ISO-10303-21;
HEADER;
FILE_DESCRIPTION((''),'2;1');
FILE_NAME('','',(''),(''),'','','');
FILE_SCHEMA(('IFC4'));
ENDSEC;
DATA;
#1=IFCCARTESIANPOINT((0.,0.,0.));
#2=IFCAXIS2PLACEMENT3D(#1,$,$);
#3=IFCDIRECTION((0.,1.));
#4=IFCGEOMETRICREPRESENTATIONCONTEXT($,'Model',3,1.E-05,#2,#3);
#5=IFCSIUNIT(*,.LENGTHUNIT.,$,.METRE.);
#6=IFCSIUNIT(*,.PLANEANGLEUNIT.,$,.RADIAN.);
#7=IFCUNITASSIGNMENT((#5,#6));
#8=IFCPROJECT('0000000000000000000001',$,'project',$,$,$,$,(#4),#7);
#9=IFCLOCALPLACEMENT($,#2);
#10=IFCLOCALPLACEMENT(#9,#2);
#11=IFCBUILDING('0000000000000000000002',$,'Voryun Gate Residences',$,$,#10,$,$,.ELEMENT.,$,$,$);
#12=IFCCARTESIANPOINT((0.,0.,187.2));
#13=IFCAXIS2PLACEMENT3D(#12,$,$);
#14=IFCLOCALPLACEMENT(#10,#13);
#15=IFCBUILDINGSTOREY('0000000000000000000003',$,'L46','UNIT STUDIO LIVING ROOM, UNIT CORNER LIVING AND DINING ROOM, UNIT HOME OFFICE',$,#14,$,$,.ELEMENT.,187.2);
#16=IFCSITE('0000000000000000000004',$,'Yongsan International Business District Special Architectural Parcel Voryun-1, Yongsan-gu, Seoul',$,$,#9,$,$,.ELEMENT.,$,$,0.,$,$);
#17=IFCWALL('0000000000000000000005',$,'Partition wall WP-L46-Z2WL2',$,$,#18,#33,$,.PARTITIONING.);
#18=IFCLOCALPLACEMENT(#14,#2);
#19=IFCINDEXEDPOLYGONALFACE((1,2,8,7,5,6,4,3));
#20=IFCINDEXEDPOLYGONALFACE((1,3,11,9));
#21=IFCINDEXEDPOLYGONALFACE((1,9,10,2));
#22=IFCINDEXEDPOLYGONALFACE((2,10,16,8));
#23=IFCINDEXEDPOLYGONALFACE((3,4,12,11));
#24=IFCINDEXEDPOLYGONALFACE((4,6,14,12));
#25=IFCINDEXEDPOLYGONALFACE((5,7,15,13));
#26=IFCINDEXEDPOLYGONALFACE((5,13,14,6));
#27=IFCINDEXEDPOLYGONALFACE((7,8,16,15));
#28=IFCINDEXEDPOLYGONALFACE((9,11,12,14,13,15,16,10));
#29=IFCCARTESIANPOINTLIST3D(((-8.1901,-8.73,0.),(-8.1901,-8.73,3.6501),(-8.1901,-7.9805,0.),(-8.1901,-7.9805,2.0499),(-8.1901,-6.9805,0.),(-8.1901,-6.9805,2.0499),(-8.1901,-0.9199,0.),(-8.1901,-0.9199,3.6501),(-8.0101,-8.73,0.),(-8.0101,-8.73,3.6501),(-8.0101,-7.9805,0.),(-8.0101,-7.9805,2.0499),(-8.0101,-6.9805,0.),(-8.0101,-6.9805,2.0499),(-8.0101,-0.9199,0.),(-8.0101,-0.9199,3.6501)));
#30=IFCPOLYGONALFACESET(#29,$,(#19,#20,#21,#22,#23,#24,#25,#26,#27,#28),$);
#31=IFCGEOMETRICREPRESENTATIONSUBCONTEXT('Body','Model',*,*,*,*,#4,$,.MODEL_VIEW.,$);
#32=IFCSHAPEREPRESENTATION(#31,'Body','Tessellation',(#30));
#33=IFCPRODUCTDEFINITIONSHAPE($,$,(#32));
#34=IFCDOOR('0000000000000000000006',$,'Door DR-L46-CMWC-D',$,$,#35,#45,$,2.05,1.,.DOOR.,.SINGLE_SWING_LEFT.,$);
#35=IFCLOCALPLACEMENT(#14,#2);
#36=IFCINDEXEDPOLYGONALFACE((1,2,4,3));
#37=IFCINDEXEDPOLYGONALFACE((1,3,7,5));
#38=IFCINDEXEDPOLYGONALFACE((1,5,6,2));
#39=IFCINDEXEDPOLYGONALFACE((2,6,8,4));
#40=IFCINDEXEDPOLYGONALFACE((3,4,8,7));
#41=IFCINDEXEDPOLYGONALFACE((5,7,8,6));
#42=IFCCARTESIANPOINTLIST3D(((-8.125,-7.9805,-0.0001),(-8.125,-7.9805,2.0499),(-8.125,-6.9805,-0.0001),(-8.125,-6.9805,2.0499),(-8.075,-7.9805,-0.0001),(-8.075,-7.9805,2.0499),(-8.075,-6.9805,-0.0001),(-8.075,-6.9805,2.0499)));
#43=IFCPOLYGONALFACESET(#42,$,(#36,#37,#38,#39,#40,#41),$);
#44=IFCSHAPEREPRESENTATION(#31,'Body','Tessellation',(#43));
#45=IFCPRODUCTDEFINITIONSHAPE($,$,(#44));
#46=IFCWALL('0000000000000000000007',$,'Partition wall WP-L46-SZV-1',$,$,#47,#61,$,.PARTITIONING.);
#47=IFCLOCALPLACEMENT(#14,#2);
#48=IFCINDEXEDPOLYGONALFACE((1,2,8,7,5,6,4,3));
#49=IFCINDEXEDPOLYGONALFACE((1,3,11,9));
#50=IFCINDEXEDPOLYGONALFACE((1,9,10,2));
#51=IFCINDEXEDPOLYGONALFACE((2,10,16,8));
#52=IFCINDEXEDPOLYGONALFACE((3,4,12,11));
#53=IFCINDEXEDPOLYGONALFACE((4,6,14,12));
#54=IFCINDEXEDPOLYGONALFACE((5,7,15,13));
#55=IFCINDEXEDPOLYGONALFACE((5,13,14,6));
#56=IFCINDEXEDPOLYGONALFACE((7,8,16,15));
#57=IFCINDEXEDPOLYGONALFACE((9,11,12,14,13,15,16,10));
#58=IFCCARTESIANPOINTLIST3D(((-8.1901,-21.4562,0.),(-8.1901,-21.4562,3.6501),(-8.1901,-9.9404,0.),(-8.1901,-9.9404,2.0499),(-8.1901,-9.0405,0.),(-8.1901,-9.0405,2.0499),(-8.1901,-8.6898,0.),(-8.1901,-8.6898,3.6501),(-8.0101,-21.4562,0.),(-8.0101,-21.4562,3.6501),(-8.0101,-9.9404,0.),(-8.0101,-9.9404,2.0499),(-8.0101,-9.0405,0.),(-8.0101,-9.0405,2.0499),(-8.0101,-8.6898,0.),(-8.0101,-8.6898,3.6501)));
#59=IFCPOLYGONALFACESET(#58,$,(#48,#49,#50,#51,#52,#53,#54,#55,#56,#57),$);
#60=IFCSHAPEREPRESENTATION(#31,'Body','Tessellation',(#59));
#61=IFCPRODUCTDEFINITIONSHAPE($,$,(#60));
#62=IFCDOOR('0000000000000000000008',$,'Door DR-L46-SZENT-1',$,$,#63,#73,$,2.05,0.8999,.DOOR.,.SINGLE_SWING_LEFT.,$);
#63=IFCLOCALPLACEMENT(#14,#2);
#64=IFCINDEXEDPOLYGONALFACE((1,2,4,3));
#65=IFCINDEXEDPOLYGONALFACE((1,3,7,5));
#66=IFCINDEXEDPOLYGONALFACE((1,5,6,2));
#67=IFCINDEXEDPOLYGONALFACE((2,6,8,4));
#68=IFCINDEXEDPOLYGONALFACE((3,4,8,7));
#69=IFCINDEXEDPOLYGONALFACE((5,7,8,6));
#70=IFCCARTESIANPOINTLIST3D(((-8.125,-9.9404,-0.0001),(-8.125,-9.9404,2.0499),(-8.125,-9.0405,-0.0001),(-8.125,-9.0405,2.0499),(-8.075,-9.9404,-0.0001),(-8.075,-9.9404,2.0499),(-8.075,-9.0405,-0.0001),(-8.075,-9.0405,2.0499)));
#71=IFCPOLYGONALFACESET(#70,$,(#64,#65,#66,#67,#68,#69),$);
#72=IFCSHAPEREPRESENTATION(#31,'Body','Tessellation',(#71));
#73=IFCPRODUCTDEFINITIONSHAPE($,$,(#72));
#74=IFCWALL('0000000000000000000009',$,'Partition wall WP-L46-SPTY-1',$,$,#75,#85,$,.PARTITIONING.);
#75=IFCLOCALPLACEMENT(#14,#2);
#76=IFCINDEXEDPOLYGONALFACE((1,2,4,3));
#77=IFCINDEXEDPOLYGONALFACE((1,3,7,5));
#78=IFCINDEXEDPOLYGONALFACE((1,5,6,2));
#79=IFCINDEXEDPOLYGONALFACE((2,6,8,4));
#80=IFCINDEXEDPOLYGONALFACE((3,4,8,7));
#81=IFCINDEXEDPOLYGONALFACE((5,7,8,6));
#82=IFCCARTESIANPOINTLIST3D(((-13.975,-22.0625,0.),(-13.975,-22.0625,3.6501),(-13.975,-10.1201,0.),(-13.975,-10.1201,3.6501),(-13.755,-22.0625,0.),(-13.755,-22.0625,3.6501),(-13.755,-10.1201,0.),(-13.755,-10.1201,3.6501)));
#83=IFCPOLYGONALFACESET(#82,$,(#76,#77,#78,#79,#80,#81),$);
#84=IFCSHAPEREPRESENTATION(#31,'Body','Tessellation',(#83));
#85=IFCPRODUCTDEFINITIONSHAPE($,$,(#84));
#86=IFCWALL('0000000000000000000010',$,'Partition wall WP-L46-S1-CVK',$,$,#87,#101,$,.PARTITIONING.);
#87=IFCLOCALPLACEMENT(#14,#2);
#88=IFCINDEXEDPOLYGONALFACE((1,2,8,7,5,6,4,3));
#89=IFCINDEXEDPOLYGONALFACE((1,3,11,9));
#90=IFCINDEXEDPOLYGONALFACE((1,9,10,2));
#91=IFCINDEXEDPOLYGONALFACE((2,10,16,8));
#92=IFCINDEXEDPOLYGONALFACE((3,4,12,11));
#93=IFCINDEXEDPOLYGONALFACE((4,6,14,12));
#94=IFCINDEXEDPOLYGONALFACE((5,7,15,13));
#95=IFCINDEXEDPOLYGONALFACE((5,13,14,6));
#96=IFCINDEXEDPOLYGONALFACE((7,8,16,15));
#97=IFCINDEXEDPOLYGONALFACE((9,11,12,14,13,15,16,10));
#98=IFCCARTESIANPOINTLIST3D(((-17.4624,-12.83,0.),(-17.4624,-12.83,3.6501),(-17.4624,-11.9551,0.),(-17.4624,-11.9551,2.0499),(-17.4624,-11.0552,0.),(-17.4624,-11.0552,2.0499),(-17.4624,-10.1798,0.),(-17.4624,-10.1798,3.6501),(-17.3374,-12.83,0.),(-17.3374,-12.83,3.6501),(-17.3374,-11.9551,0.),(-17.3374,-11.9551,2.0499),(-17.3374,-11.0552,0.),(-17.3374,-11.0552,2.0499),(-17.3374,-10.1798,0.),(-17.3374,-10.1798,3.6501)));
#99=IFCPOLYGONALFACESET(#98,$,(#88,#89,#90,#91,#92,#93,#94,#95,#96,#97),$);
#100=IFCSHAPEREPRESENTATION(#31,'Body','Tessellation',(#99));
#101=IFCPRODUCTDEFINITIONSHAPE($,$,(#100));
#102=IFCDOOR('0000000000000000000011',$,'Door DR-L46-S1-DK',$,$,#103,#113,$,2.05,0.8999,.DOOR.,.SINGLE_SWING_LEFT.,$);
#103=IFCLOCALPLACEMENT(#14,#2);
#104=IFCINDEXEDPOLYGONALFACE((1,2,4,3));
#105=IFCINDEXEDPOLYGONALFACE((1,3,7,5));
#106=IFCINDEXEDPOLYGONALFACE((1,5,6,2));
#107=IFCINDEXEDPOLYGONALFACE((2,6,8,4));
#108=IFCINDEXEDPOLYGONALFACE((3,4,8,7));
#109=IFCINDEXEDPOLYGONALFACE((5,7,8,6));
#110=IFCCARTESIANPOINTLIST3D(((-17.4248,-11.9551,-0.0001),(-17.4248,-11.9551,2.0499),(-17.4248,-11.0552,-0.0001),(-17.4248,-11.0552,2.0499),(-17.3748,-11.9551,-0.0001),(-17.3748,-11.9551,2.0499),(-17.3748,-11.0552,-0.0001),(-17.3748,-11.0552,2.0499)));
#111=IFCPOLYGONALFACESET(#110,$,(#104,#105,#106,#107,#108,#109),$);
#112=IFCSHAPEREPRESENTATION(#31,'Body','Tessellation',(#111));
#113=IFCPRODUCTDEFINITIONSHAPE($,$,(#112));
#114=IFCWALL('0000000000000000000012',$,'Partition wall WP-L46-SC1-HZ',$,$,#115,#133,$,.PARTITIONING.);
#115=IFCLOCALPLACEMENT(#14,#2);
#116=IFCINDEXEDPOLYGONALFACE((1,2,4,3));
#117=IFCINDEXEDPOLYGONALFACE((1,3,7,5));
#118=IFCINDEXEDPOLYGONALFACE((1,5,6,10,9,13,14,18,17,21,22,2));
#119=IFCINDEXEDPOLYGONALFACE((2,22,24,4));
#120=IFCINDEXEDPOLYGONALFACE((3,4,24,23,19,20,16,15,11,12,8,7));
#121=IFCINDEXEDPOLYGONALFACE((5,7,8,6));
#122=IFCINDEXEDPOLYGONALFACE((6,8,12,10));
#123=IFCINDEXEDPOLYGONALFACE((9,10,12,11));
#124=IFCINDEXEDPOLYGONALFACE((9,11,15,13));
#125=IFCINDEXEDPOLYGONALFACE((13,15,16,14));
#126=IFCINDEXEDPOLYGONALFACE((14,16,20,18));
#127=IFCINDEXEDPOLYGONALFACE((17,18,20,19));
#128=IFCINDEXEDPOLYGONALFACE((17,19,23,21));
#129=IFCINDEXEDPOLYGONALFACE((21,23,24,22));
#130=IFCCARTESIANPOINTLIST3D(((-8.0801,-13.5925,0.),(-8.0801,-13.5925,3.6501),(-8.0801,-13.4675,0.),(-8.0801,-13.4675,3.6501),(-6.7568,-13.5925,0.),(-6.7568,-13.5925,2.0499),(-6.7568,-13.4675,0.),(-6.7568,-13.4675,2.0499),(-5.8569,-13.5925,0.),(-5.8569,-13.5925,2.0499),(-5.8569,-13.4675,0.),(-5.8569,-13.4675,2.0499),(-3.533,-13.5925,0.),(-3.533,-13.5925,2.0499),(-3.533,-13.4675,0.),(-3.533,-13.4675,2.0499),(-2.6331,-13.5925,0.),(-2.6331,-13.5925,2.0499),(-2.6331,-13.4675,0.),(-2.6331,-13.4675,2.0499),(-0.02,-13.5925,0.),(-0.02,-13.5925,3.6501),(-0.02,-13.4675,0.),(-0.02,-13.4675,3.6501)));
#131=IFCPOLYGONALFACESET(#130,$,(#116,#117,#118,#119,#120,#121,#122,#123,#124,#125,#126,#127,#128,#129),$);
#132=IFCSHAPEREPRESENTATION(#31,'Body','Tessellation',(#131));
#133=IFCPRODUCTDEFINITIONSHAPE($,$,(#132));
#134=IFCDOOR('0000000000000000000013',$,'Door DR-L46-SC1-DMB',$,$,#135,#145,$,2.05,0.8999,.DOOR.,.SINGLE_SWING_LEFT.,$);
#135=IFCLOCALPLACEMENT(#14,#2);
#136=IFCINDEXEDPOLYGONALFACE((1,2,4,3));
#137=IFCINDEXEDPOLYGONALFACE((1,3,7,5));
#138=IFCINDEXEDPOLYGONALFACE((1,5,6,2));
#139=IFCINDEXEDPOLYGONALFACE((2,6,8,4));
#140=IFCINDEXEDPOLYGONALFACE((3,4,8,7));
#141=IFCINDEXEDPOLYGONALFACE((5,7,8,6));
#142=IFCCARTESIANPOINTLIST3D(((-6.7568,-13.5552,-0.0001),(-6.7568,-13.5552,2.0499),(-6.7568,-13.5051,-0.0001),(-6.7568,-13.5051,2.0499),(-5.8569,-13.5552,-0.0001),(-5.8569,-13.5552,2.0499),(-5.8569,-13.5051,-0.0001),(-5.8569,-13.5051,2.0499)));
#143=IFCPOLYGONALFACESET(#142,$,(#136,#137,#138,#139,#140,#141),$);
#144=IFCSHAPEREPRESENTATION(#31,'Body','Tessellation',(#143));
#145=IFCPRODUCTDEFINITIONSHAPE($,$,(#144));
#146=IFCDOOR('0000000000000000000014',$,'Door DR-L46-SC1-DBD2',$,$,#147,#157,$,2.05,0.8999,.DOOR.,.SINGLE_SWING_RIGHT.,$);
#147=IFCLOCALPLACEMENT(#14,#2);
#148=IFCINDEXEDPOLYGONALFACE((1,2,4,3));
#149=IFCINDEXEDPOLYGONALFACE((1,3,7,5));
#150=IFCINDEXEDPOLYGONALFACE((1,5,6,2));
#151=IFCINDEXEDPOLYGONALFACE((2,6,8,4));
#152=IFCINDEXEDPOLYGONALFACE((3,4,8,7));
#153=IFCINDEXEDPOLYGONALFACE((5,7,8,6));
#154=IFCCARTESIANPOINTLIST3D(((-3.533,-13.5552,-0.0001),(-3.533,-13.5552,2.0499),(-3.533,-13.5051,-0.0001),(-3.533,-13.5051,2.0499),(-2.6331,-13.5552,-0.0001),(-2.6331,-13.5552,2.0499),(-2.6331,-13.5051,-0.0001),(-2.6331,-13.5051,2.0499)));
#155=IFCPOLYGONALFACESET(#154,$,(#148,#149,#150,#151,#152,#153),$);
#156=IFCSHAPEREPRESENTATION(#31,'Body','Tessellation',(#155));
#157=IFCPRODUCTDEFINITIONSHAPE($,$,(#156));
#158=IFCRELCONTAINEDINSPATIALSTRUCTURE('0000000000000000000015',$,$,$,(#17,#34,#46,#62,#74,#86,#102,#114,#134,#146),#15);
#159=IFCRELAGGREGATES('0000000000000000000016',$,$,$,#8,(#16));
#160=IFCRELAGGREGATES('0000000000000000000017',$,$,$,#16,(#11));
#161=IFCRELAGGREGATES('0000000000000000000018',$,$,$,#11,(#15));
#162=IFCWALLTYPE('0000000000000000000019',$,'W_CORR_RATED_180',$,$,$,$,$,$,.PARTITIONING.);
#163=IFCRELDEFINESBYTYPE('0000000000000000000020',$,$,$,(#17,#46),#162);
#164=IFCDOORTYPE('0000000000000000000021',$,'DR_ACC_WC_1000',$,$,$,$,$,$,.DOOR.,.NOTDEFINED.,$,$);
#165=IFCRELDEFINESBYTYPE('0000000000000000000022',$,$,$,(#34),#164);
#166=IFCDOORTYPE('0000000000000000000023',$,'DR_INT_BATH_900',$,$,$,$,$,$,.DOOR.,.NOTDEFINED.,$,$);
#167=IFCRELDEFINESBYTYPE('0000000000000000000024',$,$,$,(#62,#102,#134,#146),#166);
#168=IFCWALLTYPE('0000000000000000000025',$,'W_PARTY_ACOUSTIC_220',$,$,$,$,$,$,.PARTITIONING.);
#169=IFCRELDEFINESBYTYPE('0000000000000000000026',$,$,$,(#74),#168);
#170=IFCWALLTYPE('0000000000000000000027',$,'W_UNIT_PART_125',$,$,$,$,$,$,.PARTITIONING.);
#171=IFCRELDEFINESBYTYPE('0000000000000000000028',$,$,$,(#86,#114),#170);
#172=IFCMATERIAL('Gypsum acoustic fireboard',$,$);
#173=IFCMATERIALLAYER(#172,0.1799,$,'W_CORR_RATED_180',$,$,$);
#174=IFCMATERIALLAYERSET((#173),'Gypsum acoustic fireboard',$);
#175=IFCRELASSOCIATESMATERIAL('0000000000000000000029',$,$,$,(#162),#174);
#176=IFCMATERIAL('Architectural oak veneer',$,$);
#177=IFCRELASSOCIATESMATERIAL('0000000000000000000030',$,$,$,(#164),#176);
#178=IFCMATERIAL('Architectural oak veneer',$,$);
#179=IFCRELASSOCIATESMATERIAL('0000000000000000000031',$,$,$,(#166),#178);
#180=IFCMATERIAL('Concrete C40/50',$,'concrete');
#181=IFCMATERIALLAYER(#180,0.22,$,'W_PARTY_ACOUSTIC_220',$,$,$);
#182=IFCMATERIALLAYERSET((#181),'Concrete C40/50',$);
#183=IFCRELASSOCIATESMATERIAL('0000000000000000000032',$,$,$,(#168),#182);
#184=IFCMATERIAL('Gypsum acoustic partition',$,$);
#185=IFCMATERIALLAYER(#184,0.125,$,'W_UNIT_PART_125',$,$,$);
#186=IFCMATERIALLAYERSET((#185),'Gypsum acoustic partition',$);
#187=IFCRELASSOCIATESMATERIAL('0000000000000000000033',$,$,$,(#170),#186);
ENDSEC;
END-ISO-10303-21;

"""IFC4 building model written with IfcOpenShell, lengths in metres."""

from ifc_helpers import new_model, si_unit, direction, frame, frame_2d, origin, place, context, subcontext, project, spatial, rectangle, extrude, material, layer, layer_set, type_object, element, fill, save


model = new_model("IFC4")

# Units and contexts
model_context = context("Model", 3, precision=1e-05, world=origin(), true_north=direction((0.0, 1.0)))
body_context = subcontext(model_context, "Body", "Model", "MODEL_VIEW")
ifc_project = project(units=[si_unit("LENGTHUNIT", "METRE"), si_unit("PLANEANGLEUNIT", "RADIAN")], contexts=[model_context])

# Site, building, storey
site_placement = place(None, origin())
site = spatial("IfcSite", under=ifc_project, at=site_placement, Name="Yongsan International Business District Special Architectural Parcel Voryun-1, Yongsan-gu, Seoul", CompositionType="ELEMENT", RefElevation=0.0)
building_placement = place(site_placement, origin())
building = spatial("IfcBuilding", under=site, at=building_placement, Name="Voryun Gate Residences", CompositionType="ELEMENT")
storey_placement = place(building_placement, frame((0.0, 0.0, 187.2)))
storey = spatial("IfcBuildingStorey", under=building, at=storey_placement, Name="L46", Description="UNIT STUDIO LIVING ROOM, UNIT CORNER LIVING AND DINING ROOM, UNIT HOME OFFICE", CompositionType="ELEMENT", Elevation=187.2)

# Shared definitions
ifc_material_1 = material(Name="Gypsum acoustic fireboard")
ifc_layer_1 = layer(ifc_material_1, 0.1799, Name="W_CORR_RATED_180")
ifc_layer_set_1 = layer_set([ifc_layer_1], Name="Gypsum acoustic fireboard")
wall_type_1 = type_object("IfcWallType", Name="W_CORR_RATED_180", PredefinedType="PARTITIONING", material=ifc_layer_set_1)

# Walls, openings, doors
wall_1_placement = place(storey_placement, frame((-8.1001, -8.73, 0.0), z_axis=(0.0, 0.0, 1.0), x_axis=(0.0, 1.0, 0.0)))
wall_1 = element("IfcWall", 1, at=wall_1_placement, inside=storey, type_object=wall_type_1, Name="Partition wall WP-L46-Z2WL2", PredefinedType="PARTITIONING", context=body_context, shape_type="SweptSolid", body=[
    extrude(rectangle(XDim=7.8101, YDim=0.1799, at=frame_2d((3.905, 0.0))), origin(), (0.0, 0.0, 1.0), 3.6501),
])
opening_1_placement = place(wall_1_placement, frame((0.7495, 0.0, 0.0)))
opening_1 = element("IfcOpeningElement", 2, at=opening_1_placement, cuts=wall_1, PredefinedType="OPENING", context=body_context, shape_type="SweptSolid", body=[
    extrude(rectangle(XDim=1.0, YDim=2.05, at=frame_2d((0.5, 1.0249))), frame((0.0, 0.0999, 0.0), z_axis=(0.0, -1.0, 0.0), x_axis=(1.0, 0.0, 0.0)), (0.0, 0.0, 1.0), 0.2),
])
ifc_material_2 = material(Name="Architectural oak veneer")
door_type_1 = type_object("IfcDoorType", Name="DR_ACC_WC_1000", OperationType="NOTDEFINED", PredefinedType="DOOR", material=ifc_material_2)
door_1_placement = place(opening_1_placement, origin())
door_1 = element("IfcDoor", 3, at=door_1_placement, inside=storey, type_object=door_type_1, Name="Door DR-L46-CMWC-D", OperationType="SINGLE_SWING_LEFT", OverallHeight=2.05, OverallWidth=1.0, PredefinedType="DOOR", context=body_context, shape_type="SweptSolid", body=[
    extrude(rectangle(XDim=1.0, YDim=2.05, at=frame_2d((0.5, 1.0249))), frame((0.0, 0.0249, 0.0), z_axis=(0.0, -1.0, 0.0), x_axis=(1.0, 0.0, 0.0)), (0.0, 0.0, 1.0), 0.05),
])
fill(opening_1, door_1)
wall_2_placement = place(storey_placement, frame((-8.1001, -21.4563, 0.0), z_axis=(0.0, 0.0, 1.0), x_axis=(0.0, 1.0, 0.0)))
wall_2 = element("IfcWall", 4, at=wall_2_placement, inside=storey, type_object=wall_type_1, Name="Partition wall WP-L46-SZV-1", PredefinedType="PARTITIONING", context=body_context, shape_type="SweptSolid", body=[
    extrude(rectangle(XDim=12.7664, YDim=0.1799, at=frame_2d((6.3833, 0.0))), origin(), (0.0, 0.0, 1.0), 3.6501),
])
opening_2_placement = place(wall_2_placement, frame((11.5159, 0.0, 0.0)))
opening_2 = element("IfcOpeningElement", 5, at=opening_2_placement, cuts=wall_2, PredefinedType="OPENING", context=body_context, shape_type="SweptSolid", body=[
    extrude(rectangle(XDim=0.8999, YDim=2.05, at=frame_2d((0.45, 1.0249))), frame((0.0, 0.0999, 0.0), z_axis=(0.0, -1.0, 0.0), x_axis=(1.0, 0.0, 0.0)), (0.0, 0.0, 1.0), 0.2),
])
ifc_material_3 = material(Name="Architectural oak veneer")
door_type_2 = type_object("IfcDoorType", Name="DR_INT_BATH_900", OperationType="NOTDEFINED", PredefinedType="DOOR", material=ifc_material_3)
door_2_placement = place(opening_2_placement, origin())
door_2 = element("IfcDoor", 6, at=door_2_placement, inside=storey, type_object=door_type_2, Name="Door DR-L46-SZENT-1", OperationType="SINGLE_SWING_LEFT", OverallHeight=2.05, OverallWidth=0.8999, PredefinedType="DOOR", context=body_context, shape_type="SweptSolid", body=[
    extrude(rectangle(XDim=0.8999, YDim=2.05, at=frame_2d((0.45, 1.0249))), frame((0.0, 0.0249, 0.0), z_axis=(0.0, -1.0, 0.0), x_axis=(1.0, 0.0, 0.0)), (0.0, 0.0, 1.0), 0.05),
])
fill(opening_2, door_2)

# Wall
ifc_material_4 = material(Name="Concrete C40/50", Category="concrete")
ifc_layer_2 = layer(ifc_material_4, 0.22, Name="W_PARTY_ACOUSTIC_220")
ifc_layer_set_2 = layer_set([ifc_layer_2], Name="Concrete C40/50")
wall_type_2 = type_object("IfcWallType", Name="W_PARTY_ACOUSTIC_220", PredefinedType="PARTITIONING", material=ifc_layer_set_2)
wall_3_placement = place(storey_placement, frame((-13.865, -22.0625, 0.0), z_axis=(0.0, 0.0, 1.0), x_axis=(0.0, 1.0, 0.0)))
element("IfcWall", 7, at=wall_3_placement, inside=storey, type_object=wall_type_2, Name="Partition wall WP-L46-SPTY-1", PredefinedType="PARTITIONING", context=body_context, shape_type="SweptSolid", body=[
    extrude(rectangle(XDim=11.9424, YDim=0.22, at=frame_2d((5.9712, 0.0))), origin(), (0.0, 0.0, 1.0), 3.6501),
])

# Wall, opening, door
ifc_material_5 = material(Name="Gypsum acoustic partition")
ifc_layer_3 = layer(ifc_material_5, 0.125, Name="W_UNIT_PART_125")
ifc_layer_set_3 = layer_set([ifc_layer_3], Name="Gypsum acoustic partition")
wall_type_3 = type_object("IfcWallType", Name="W_UNIT_PART_125", PredefinedType="PARTITIONING", material=ifc_layer_set_3)
wall_4_placement = place(storey_placement, frame((-17.3999, -12.8301, 0.0), z_axis=(0.0, 0.0, 1.0), x_axis=(0.0, 1.0, 0.0)))
wall_4 = element("IfcWall", 8, at=wall_4_placement, inside=storey, type_object=wall_type_3, Name="Partition wall WP-L46-S1-CVK", PredefinedType="PARTITIONING", context=body_context, shape_type="SweptSolid", body=[
    extrude(rectangle(XDim=2.6501, YDim=0.125, at=frame_2d((1.3252, 0.0))), origin(), (0.0, 0.0, 1.0), 3.6501),
])
opening_3_placement = place(wall_4_placement, frame((0.875, 0.0, 0.0)))
opening_3 = element("IfcOpeningElement", 9, at=opening_3_placement, cuts=wall_4, PredefinedType="OPENING", context=body_context, shape_type="SweptSolid", body=[
    extrude(rectangle(XDim=0.8999, YDim=2.05, at=frame_2d((0.45, 1.0249))), frame((0.0, 0.0725, 0.0), z_axis=(0.0, -1.0, 0.0), x_axis=(1.0, 0.0, 0.0)), (0.0, 0.0, 1.0), 0.145),
])
door_3_placement = place(opening_3_placement, origin())
door_3 = element("IfcDoor", 10, at=door_3_placement, inside=storey, type_object=door_type_2, Name="Door DR-L46-S1-DK", OperationType="SINGLE_SWING_LEFT", OverallHeight=2.05, OverallWidth=0.8999, PredefinedType="DOOR", context=body_context, shape_type="SweptSolid", body=[
    extrude(rectangle(XDim=0.8999, YDim=2.05, at=frame_2d((0.45, 1.0249))), frame((0.0, 0.0249, 0.0), z_axis=(0.0, -1.0, 0.0), x_axis=(1.0, 0.0, 0.0)), (0.0, 0.0, 1.0), 0.05),
])
fill(opening_3, door_3)

# Wall, openings, doors
wall_5_placement = place(storey_placement, frame((-8.0801, -13.53, 0.0), z_axis=(0.0, 0.0, 1.0), x_axis=(1.0, 0.0, 0.0)))
wall_5 = element("IfcWall", 11, at=wall_5_placement, inside=storey, type_object=wall_type_3, Name="Partition wall WP-L46-SC1-HZ", PredefinedType="PARTITIONING", context=body_context, shape_type="SweptSolid", body=[
    extrude(rectangle(XDim=8.0601, YDim=0.125, at=frame_2d((4.03, 0.0))), origin(), (0.0, 0.0, 1.0), 3.6501),
])
opening_4_placement = place(wall_5_placement, frame((1.3232, 0.0, 0.0)))
opening_4 = element("IfcOpeningElement", 12, at=opening_4_placement, cuts=wall_5, PredefinedType="OPENING", context=body_context, shape_type="SweptSolid", body=[
    extrude(rectangle(XDim=0.8999, YDim=2.05, at=frame_2d((0.45, 1.0249))), frame((0.0, 0.0725, 0.0), z_axis=(0.0, -1.0, 0.0), x_axis=(1.0, 0.0, 0.0)), (0.0, 0.0, 1.0), 0.145),
])
opening_5_placement = place(wall_5_placement, frame((4.5471, 0.0, 0.0)))
opening_5 = element("IfcOpeningElement", 13, at=opening_5_placement, cuts=wall_5, PredefinedType="OPENING", context=body_context, shape_type="SweptSolid", body=[
    extrude(rectangle(XDim=0.8999, YDim=2.05, at=frame_2d((0.45, 1.0249))), frame((0.0, 0.0725, 0.0), z_axis=(0.0, -1.0, 0.0), x_axis=(1.0, 0.0, 0.0)), (0.0, 0.0, 1.0), 0.145),
])
door_4_placement = place(opening_4_placement, origin())
door_4 = element("IfcDoor", 14, at=door_4_placement, inside=storey, type_object=door_type_2, Name="Door DR-L46-SC1-DMB", OperationType="SINGLE_SWING_LEFT", OverallHeight=2.05, OverallWidth=0.8999, PredefinedType="DOOR", context=body_context, shape_type="SweptSolid", body=[
    extrude(rectangle(XDim=0.8999, YDim=2.05, at=frame_2d((0.45, 1.0249))), frame((0.0, 0.0249, 0.0), z_axis=(0.0, -1.0, 0.0), x_axis=(1.0, 0.0, 0.0)), (0.0, 0.0, 1.0), 0.05),
])
fill(opening_4, door_4)
door_5_placement = place(opening_5_placement, origin())
door_5 = element("IfcDoor", 15, at=door_5_placement, inside=storey, type_object=door_type_2, Name="Door DR-L46-SC1-DBD2", OperationType="SINGLE_SWING_RIGHT", OverallHeight=2.05, OverallWidth=0.8999, PredefinedType="DOOR", context=body_context, shape_type="SweptSolid", body=[
    extrude(rectangle(XDim=0.8999, YDim=2.05, at=frame_2d((0.45, 1.0249))), frame((0.0, 0.0249, 0.0), z_axis=(0.0, -1.0, 0.0), x_axis=(1.0, 0.0, 0.0)), (0.0, 0.0, 1.0), 0.05),
])
fill(opening_5, door_5)

save(model, "model.ifc")
